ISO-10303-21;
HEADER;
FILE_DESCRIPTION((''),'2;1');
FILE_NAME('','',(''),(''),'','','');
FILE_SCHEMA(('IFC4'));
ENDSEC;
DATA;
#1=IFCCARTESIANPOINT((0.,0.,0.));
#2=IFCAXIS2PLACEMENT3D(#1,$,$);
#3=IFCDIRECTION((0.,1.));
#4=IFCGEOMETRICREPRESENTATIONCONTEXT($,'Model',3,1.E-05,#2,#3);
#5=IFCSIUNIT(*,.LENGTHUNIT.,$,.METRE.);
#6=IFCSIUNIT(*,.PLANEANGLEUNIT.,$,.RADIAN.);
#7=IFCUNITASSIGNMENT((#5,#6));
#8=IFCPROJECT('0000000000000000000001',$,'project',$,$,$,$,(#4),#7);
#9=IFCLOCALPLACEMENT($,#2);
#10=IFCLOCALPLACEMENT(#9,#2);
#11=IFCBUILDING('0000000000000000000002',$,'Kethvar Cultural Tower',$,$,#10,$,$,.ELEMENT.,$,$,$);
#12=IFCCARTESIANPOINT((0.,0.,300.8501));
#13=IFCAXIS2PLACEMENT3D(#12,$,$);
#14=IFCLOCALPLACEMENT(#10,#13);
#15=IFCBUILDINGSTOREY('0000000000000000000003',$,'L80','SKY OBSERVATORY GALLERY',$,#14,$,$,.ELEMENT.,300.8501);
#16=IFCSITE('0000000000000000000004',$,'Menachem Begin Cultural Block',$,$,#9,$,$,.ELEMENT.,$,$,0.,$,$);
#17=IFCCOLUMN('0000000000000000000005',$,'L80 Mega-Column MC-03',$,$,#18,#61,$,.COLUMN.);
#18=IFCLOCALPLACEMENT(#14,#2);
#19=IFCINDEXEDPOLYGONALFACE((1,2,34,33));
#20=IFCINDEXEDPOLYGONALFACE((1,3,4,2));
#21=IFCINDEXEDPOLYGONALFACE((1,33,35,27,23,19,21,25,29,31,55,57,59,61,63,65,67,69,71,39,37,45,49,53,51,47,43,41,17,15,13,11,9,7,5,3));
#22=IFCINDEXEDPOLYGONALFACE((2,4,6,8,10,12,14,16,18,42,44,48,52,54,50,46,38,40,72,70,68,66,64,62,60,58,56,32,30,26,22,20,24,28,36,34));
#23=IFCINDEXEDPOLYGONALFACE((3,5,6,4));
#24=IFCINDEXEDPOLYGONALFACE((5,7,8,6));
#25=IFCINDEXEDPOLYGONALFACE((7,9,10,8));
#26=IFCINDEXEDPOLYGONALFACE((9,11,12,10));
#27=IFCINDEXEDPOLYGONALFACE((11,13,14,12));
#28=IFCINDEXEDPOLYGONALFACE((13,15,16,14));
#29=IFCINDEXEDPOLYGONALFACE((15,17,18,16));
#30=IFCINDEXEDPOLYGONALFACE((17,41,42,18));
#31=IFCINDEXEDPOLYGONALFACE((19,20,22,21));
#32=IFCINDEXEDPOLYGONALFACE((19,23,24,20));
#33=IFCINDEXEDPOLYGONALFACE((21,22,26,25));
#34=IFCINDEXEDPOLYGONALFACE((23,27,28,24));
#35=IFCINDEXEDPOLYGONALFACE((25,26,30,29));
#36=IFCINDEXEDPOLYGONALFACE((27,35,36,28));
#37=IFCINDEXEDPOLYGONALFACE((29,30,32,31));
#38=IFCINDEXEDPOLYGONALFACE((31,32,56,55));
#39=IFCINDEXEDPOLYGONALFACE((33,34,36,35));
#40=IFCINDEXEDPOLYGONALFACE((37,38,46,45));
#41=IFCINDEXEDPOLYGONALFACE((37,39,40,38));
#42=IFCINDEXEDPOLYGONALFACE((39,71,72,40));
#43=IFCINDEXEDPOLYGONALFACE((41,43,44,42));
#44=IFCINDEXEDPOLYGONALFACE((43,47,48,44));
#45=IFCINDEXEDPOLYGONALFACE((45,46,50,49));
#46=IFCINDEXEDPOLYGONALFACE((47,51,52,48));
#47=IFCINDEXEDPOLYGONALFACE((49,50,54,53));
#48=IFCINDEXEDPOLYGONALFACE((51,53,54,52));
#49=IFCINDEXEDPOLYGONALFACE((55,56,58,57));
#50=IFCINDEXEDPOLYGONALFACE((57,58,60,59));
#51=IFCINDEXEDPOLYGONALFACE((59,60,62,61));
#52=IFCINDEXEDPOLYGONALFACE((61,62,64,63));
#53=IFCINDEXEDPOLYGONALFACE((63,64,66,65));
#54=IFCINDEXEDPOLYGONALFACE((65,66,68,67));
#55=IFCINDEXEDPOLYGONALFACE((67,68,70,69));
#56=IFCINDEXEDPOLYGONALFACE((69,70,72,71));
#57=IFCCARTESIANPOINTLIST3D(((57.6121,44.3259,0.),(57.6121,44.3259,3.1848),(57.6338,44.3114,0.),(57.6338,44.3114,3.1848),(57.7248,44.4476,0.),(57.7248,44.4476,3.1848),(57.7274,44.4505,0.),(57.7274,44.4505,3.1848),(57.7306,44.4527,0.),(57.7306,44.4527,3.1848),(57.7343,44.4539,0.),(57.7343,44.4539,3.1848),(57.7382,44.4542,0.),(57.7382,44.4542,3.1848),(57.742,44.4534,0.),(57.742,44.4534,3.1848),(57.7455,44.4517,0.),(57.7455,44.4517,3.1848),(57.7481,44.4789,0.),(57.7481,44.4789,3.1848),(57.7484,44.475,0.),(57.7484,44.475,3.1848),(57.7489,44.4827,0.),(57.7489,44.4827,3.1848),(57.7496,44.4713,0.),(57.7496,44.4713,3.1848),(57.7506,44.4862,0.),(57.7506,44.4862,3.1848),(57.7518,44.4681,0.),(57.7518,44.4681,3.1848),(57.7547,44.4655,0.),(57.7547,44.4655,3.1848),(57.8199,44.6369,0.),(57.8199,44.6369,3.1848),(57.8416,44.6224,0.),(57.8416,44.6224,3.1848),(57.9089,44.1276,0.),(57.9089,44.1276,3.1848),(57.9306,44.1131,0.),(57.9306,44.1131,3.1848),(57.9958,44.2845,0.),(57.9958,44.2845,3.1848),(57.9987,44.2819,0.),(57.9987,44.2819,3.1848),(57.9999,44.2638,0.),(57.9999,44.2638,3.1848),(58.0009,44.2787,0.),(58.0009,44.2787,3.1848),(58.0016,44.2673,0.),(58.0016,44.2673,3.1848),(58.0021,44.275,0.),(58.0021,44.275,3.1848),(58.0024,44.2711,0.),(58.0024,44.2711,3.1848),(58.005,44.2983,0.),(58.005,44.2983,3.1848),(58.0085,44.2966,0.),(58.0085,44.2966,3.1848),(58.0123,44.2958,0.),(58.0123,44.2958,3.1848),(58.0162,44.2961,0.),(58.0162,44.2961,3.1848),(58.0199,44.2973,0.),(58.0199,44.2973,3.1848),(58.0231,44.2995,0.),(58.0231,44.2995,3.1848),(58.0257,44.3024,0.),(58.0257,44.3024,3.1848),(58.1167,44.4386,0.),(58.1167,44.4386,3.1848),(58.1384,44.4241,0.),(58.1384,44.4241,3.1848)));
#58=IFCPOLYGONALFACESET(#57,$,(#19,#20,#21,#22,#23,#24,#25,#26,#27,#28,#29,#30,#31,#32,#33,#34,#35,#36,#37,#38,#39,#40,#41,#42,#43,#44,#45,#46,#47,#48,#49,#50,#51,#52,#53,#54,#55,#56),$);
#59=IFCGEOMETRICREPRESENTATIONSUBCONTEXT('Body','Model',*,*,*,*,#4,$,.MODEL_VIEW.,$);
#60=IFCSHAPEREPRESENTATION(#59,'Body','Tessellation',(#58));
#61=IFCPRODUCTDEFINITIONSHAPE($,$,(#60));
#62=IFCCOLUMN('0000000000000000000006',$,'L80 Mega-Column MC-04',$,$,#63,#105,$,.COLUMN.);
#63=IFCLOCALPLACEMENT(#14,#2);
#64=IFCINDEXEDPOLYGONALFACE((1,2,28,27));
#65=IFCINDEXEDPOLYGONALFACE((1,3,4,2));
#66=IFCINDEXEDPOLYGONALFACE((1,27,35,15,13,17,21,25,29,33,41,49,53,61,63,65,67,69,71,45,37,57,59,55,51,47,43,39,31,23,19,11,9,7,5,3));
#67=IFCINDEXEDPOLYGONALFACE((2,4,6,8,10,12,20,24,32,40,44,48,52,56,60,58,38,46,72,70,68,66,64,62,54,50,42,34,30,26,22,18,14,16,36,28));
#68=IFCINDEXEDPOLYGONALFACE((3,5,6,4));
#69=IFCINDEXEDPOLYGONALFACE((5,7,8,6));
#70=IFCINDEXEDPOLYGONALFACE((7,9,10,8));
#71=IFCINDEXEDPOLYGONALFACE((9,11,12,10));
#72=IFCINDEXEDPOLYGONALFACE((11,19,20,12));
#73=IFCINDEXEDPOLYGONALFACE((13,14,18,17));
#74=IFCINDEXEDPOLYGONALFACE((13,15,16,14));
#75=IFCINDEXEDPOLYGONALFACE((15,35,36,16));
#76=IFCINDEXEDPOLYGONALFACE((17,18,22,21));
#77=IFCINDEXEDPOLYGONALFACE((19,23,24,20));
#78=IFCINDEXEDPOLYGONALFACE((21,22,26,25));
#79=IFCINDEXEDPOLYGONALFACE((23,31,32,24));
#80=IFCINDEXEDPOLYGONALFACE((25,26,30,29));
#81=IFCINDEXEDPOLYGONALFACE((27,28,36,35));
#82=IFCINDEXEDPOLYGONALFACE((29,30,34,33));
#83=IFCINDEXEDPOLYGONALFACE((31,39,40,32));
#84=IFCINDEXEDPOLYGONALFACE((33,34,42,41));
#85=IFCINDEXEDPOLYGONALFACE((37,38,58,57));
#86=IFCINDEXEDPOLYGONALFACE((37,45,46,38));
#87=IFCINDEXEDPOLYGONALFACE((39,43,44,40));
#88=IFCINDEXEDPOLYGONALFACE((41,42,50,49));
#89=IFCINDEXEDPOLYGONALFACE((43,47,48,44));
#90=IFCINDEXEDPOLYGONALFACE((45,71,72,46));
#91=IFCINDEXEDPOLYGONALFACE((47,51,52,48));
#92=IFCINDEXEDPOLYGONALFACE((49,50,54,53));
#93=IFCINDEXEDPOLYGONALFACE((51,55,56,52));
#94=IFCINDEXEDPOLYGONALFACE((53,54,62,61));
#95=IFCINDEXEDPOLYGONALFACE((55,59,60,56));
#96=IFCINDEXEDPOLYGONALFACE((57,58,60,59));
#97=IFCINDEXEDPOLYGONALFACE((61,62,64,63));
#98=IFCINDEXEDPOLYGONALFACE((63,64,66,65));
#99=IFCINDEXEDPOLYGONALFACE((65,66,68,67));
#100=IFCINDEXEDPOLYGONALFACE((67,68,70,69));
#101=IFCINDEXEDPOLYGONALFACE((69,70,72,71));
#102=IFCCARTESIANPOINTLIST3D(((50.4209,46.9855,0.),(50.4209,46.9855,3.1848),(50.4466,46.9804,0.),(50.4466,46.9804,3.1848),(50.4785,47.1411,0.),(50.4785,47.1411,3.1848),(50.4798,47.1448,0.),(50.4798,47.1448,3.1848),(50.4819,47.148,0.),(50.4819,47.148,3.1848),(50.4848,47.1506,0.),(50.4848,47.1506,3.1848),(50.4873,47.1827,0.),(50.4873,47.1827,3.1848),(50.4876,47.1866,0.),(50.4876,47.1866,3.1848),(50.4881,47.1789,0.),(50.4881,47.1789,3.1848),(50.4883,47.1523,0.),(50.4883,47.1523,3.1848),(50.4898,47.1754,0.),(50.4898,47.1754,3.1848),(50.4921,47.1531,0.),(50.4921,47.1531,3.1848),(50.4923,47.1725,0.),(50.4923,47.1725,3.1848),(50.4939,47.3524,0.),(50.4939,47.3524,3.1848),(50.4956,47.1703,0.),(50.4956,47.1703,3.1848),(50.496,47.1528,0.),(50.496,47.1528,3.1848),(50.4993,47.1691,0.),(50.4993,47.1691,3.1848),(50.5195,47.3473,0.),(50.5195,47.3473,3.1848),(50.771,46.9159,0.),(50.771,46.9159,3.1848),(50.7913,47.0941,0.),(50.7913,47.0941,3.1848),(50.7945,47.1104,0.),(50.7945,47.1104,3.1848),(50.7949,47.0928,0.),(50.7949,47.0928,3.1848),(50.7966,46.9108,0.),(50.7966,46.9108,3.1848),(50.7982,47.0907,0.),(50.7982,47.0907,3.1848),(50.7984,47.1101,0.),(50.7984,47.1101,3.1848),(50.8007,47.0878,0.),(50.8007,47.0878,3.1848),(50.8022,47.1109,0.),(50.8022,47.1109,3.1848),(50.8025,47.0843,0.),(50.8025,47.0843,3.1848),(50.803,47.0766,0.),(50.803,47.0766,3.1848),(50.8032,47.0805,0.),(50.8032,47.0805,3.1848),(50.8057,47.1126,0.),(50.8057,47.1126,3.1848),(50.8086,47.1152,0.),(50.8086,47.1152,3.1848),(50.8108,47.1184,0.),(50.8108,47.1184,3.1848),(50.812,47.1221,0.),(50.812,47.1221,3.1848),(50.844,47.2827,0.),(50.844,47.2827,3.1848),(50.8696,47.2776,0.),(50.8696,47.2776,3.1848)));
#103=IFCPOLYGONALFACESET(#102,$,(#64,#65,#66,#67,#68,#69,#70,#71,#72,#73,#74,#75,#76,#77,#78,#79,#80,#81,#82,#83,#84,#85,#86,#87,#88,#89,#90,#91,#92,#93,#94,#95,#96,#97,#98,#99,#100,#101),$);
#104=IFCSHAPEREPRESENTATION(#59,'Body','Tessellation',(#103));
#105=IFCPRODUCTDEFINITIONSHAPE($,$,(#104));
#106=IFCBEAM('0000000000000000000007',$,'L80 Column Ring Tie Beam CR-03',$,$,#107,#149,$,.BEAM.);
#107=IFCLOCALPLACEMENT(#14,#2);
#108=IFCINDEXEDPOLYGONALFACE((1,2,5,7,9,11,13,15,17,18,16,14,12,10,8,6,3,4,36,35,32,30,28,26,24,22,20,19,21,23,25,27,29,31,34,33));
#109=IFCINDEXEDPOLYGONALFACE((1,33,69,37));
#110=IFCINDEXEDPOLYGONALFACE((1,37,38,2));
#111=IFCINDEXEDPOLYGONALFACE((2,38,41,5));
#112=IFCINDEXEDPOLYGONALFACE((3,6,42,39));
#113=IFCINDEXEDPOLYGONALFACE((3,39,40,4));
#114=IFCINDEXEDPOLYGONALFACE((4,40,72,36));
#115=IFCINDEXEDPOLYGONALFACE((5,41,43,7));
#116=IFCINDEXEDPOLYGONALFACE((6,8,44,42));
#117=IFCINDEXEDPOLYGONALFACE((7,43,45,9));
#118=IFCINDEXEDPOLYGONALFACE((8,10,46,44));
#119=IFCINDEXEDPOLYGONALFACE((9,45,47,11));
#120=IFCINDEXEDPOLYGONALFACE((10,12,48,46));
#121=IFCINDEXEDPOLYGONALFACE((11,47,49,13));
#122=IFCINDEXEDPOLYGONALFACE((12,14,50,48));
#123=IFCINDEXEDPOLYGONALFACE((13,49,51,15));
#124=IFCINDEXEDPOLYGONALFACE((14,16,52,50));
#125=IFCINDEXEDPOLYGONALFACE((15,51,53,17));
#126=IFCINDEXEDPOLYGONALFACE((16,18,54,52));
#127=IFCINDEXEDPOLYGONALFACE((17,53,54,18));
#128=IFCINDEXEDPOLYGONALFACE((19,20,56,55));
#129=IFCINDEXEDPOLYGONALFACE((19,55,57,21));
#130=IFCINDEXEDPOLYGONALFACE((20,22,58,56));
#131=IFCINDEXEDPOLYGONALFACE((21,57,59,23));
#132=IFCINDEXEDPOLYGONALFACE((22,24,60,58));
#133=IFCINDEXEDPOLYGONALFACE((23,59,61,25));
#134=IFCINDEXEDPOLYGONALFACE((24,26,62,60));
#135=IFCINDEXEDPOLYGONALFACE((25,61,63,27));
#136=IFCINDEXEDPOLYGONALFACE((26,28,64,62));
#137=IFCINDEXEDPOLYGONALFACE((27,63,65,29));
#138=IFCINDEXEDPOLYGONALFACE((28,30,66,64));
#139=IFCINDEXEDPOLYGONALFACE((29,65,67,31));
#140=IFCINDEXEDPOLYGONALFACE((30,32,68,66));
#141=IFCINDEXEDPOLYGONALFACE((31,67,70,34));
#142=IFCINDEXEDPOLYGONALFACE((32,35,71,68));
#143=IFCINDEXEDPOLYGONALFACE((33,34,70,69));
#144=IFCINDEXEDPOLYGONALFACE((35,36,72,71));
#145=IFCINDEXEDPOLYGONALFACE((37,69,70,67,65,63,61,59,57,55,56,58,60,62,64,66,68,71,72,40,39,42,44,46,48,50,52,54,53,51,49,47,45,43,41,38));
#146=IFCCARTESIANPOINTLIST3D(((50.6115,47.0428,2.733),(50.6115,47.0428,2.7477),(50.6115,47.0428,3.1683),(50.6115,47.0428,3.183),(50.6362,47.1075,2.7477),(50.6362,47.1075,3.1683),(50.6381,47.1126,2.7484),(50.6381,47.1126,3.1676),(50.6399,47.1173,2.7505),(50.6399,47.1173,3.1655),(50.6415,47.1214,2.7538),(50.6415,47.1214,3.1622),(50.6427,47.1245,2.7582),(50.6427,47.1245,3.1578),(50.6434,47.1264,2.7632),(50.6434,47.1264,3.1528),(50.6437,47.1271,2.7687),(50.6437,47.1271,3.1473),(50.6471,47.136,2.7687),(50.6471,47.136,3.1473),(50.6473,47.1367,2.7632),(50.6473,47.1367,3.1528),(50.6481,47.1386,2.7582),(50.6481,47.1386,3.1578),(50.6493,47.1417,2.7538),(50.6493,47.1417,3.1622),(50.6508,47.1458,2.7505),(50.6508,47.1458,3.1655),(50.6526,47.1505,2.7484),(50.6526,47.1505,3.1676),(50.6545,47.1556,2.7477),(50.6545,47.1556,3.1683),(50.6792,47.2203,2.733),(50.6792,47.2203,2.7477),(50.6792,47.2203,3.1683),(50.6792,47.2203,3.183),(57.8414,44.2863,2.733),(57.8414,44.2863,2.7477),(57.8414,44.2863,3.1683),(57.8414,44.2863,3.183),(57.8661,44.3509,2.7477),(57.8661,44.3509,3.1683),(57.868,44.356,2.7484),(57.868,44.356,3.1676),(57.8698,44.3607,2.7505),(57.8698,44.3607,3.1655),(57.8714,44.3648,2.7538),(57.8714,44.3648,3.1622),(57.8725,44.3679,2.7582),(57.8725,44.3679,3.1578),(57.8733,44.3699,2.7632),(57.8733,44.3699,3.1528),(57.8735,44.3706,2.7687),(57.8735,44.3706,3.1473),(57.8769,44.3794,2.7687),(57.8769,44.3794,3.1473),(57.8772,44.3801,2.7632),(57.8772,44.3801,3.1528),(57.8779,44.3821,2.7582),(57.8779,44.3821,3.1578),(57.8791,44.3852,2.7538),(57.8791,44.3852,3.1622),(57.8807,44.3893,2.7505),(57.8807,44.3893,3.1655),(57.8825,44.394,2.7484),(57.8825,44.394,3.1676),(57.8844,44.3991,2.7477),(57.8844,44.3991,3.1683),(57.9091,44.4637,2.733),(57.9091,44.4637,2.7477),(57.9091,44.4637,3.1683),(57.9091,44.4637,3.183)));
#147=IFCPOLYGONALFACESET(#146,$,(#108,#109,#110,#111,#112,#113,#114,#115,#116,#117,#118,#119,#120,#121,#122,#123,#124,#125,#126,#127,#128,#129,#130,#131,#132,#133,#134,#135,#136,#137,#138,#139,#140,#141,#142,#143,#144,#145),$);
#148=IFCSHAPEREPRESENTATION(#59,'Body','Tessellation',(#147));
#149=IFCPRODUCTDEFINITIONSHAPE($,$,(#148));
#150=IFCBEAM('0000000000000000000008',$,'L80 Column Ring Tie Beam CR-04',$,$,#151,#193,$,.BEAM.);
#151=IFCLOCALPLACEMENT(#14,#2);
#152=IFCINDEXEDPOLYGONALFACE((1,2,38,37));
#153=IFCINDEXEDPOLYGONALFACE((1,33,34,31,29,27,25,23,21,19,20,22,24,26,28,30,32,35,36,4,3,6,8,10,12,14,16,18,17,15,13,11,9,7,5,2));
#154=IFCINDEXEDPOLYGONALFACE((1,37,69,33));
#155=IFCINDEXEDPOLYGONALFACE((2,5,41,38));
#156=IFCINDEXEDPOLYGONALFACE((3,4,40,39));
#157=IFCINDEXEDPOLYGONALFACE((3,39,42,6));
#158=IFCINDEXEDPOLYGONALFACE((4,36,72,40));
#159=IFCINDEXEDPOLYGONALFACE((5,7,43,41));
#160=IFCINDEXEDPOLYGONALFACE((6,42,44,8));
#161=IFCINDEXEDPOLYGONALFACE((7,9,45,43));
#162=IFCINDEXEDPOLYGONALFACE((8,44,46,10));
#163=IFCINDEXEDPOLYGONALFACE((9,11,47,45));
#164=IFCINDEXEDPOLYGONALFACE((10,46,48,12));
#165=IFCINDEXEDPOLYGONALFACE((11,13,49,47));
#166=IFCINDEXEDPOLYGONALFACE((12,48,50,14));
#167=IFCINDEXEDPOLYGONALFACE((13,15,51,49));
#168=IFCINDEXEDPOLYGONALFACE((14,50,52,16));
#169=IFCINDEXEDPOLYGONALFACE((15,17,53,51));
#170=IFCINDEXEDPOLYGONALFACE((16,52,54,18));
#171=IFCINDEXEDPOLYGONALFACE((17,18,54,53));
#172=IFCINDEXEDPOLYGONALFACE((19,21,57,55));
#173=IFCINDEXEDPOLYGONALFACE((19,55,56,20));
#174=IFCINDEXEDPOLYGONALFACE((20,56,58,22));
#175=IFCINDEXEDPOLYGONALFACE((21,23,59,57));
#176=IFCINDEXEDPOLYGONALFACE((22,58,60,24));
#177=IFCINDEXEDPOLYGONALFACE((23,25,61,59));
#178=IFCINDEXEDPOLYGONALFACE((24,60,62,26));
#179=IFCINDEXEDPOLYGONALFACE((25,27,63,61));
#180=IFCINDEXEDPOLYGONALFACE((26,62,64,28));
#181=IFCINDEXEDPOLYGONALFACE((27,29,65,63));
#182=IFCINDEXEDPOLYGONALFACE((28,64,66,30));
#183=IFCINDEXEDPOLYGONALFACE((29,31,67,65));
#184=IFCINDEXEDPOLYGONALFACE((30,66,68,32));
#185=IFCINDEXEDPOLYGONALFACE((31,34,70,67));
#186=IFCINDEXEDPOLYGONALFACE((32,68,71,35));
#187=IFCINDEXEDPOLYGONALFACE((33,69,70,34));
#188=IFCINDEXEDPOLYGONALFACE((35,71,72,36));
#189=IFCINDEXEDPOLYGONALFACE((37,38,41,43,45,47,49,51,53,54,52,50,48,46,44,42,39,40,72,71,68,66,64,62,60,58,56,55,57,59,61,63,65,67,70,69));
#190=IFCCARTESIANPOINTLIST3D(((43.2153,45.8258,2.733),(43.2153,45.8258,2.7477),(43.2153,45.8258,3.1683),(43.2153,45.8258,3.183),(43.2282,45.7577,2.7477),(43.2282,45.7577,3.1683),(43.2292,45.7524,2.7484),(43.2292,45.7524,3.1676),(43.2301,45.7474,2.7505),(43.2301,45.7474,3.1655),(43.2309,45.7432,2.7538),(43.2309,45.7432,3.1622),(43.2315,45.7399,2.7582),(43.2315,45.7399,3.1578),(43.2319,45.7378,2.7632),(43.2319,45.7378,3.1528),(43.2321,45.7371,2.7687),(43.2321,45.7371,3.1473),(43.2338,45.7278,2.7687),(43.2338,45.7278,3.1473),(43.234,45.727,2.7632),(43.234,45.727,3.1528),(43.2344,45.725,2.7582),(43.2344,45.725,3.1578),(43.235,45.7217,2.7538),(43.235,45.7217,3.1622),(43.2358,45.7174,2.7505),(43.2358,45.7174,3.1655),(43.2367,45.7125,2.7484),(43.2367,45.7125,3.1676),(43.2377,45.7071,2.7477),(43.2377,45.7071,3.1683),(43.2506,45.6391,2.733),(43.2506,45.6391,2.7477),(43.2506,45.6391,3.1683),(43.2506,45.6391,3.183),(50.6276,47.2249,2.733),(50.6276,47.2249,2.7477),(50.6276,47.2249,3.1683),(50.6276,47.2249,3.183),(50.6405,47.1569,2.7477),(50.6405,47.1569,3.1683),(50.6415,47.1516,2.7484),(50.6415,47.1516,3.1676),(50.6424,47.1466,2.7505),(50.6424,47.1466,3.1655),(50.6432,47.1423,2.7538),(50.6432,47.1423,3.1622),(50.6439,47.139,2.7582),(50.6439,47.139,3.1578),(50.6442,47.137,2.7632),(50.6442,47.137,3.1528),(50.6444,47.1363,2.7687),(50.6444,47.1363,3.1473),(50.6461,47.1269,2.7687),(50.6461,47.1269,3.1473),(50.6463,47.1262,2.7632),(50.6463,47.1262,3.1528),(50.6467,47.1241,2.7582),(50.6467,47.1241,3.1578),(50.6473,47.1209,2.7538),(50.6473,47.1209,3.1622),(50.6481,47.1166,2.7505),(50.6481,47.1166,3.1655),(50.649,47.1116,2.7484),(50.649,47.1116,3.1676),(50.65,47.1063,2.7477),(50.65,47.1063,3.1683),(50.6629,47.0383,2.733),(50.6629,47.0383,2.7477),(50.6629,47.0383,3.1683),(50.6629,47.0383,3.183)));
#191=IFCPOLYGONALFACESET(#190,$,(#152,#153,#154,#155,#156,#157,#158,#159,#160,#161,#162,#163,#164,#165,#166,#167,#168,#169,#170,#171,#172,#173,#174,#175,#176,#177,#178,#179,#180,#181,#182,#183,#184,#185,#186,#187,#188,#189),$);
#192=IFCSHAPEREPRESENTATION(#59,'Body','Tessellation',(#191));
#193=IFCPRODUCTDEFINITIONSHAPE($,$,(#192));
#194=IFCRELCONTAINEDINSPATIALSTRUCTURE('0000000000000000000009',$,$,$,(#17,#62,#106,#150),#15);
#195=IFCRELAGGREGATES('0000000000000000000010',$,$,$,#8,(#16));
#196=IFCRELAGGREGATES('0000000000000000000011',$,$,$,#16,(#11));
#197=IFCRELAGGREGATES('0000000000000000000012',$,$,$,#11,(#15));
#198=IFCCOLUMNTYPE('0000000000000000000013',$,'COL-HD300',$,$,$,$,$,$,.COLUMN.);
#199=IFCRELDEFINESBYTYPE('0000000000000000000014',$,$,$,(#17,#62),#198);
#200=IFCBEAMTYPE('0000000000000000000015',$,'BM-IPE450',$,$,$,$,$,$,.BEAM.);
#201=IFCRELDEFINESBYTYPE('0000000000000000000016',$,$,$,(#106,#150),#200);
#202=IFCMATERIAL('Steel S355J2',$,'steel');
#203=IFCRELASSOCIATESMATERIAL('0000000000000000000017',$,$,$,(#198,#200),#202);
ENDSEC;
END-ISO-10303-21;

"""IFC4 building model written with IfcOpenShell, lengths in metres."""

from ifc_helpers import new_model, si_unit, direction, frame, origin, origin_2d, place, context, subcontext, project, spatial, i_section, extrude, source, transform, mapped, material, material_profile, profile_set, type_object, element, save


model = new_model("IFC4")

# Units and contexts
model_context = context("Model", 3, precision=1e-05, world=origin(), true_north=direction((0.0, 1.0)))
body_context = subcontext(model_context, "Body", "Model", "MODEL_VIEW")
ifc_project = project(units=[si_unit("LENGTHUNIT", "METRE"), si_unit("PLANEANGLEUNIT", "RADIAN")], contexts=[model_context])

# Site, building, storey
site_placement = place(None, origin())
site = spatial("IfcSite", under=ifc_project, at=site_placement, Name="Menachem Begin Cultural Block", CompositionType="ELEMENT", RefElevation=0.0)
building_placement = place(site_placement, origin())
building = spatial("IfcBuilding", under=site, at=building_placement, Name="Kethvar Cultural Tower", CompositionType="ELEMENT")
storey_placement = place(building_placement, frame((0.0, 0.0, 300.8501)))
storey = spatial("IfcBuildingStorey", under=building, at=storey_placement, Name="L80", Description="SKY OBSERVATORY GALLERY", CompositionType="ELEMENT", Elevation=300.8501)

# Columns
ifc_material_1 = material(Name="Steel S355J2", Category="steel")
ifc_material_profile_1 = material_profile(ifc_material_1, i_section(OverallWidth=0.374, OverallDepth=0.3831, WebThickness=0.0166, FlangeThickness=0.0261, FilletRadius=0.0149, at=origin_2d()), Name="Steel S355J2 — HD360x300")
ifc_profile_set_1 = profile_set([ifc_material_profile_1], Name="Steel S355J2 — HD360x300")
column_type = type_object("IfcColumnType", Name="COL-HD300", PredefinedType="COLUMN", material=ifc_profile_set_1)
shared_shape_1 = source(origin(), body_context, "Body", "SweptSolid", [
    extrude(i_section(OverallWidth=0.374, OverallDepth=0.3831, WebThickness=0.0166, FlangeThickness=0.0261, FilletRadius=0.0149, at=origin_2d()), origin(), (0.0, 0.0, 1.0), 3.1848),
])
for number, where, z_axis, x_axis, name in (
    (1, (57.8752, 44.375, 0.0), (0.0, 0.0, 1.0), (0.55557, 0.83147, 0.0), "L80 Mega-Column MC-03"),
    (2, (50.6453, 47.1316, 0.0), (0.0, 0.0, 1.0), (0.19509, 0.980785, 0.0), "L80 Mega-Column MC-04"),
):
    element("IfcColumn", number, at=place(storey_placement, frame(where, z_axis=z_axis, x_axis=x_axis)), inside=storey, type_object=column_type, Name=name, PredefinedType="COLUMN", context=body_context, shape_type="MappedRepresentation", body=[
        mapped(shared_shape_1, transform((0.0, 0.0, 0.0), scale=1.0)),
    ])

# Beams
ifc_material_profile_2 = material_profile(ifc_material_1, i_section(OverallWidth=0.1899, OverallDepth=0.45, WebThickness=0.0095, FlangeThickness=0.0146, FilletRadius=0.021, at=origin_2d()), Name="Steel S355J2 — IPE450")
ifc_profile_set_2 = profile_set([ifc_material_profile_2], Name="Steel S355J2 — IPE450")
beam_type_1 = type_object("IfcBeamType", Name="BM-IPE450", PredefinedType="BEAM", material=ifc_profile_set_2)
shared_shape_2 = source(origin(), body_context, "Body", "SweptSolid", [
    extrude(i_section(OverallWidth=0.1899, OverallDepth=0.45, WebThickness=0.0095, FlangeThickness=0.0146, FilletRadius=0.021, at=origin_2d()), origin(), (0.0, 0.0, 1.0), 7.7375),
])
beam_1_placement = place(storey_placement, frame((57.8752, 44.375, 2.958), z_axis=(-0.934388, 0.356256, 0.0), x_axis=(-0.356256, -0.934388, 0.0)))
element("IfcBeam", 3, at=beam_1_placement, inside=storey, type_object=beam_type_1, Name="L80 Column Ring Tie Beam CR-03", PredefinedType="BEAM", context=body_context, shape_type="MappedRepresentation", body=[
    mapped(shared_shape_2, transform((0.0, 0.0, 0.0), scale=1.0)),
])
shared_shape_3 = source(origin(), body_context, "Body", "SweptSolid", [
    extrude(i_section(OverallWidth=0.1899, OverallDepth=0.45, WebThickness=0.0095, FlangeThickness=0.0146, FilletRadius=0.021, at=origin_2d()), origin(), (0.0, 0.0, 1.0), 7.5432),
])
beam_2_placement = place(storey_placement, frame((50.6453, 47.1316, 2.958), z_axis=(-0.982647, -0.185486, 0.0), x_axis=(0.185486, -0.982647, 0.0)))
element("IfcBeam", 4, at=beam_2_placement, inside=storey, type_object=beam_type_1, Name="L80 Column Ring Tie Beam CR-04", PredefinedType="BEAM", context=body_context, shape_type="MappedRepresentation", body=[
    mapped(shared_shape_3, transform((0.0, 0.0, 0.0), scale=1.0)),
])

save(model, "model.ifc")
